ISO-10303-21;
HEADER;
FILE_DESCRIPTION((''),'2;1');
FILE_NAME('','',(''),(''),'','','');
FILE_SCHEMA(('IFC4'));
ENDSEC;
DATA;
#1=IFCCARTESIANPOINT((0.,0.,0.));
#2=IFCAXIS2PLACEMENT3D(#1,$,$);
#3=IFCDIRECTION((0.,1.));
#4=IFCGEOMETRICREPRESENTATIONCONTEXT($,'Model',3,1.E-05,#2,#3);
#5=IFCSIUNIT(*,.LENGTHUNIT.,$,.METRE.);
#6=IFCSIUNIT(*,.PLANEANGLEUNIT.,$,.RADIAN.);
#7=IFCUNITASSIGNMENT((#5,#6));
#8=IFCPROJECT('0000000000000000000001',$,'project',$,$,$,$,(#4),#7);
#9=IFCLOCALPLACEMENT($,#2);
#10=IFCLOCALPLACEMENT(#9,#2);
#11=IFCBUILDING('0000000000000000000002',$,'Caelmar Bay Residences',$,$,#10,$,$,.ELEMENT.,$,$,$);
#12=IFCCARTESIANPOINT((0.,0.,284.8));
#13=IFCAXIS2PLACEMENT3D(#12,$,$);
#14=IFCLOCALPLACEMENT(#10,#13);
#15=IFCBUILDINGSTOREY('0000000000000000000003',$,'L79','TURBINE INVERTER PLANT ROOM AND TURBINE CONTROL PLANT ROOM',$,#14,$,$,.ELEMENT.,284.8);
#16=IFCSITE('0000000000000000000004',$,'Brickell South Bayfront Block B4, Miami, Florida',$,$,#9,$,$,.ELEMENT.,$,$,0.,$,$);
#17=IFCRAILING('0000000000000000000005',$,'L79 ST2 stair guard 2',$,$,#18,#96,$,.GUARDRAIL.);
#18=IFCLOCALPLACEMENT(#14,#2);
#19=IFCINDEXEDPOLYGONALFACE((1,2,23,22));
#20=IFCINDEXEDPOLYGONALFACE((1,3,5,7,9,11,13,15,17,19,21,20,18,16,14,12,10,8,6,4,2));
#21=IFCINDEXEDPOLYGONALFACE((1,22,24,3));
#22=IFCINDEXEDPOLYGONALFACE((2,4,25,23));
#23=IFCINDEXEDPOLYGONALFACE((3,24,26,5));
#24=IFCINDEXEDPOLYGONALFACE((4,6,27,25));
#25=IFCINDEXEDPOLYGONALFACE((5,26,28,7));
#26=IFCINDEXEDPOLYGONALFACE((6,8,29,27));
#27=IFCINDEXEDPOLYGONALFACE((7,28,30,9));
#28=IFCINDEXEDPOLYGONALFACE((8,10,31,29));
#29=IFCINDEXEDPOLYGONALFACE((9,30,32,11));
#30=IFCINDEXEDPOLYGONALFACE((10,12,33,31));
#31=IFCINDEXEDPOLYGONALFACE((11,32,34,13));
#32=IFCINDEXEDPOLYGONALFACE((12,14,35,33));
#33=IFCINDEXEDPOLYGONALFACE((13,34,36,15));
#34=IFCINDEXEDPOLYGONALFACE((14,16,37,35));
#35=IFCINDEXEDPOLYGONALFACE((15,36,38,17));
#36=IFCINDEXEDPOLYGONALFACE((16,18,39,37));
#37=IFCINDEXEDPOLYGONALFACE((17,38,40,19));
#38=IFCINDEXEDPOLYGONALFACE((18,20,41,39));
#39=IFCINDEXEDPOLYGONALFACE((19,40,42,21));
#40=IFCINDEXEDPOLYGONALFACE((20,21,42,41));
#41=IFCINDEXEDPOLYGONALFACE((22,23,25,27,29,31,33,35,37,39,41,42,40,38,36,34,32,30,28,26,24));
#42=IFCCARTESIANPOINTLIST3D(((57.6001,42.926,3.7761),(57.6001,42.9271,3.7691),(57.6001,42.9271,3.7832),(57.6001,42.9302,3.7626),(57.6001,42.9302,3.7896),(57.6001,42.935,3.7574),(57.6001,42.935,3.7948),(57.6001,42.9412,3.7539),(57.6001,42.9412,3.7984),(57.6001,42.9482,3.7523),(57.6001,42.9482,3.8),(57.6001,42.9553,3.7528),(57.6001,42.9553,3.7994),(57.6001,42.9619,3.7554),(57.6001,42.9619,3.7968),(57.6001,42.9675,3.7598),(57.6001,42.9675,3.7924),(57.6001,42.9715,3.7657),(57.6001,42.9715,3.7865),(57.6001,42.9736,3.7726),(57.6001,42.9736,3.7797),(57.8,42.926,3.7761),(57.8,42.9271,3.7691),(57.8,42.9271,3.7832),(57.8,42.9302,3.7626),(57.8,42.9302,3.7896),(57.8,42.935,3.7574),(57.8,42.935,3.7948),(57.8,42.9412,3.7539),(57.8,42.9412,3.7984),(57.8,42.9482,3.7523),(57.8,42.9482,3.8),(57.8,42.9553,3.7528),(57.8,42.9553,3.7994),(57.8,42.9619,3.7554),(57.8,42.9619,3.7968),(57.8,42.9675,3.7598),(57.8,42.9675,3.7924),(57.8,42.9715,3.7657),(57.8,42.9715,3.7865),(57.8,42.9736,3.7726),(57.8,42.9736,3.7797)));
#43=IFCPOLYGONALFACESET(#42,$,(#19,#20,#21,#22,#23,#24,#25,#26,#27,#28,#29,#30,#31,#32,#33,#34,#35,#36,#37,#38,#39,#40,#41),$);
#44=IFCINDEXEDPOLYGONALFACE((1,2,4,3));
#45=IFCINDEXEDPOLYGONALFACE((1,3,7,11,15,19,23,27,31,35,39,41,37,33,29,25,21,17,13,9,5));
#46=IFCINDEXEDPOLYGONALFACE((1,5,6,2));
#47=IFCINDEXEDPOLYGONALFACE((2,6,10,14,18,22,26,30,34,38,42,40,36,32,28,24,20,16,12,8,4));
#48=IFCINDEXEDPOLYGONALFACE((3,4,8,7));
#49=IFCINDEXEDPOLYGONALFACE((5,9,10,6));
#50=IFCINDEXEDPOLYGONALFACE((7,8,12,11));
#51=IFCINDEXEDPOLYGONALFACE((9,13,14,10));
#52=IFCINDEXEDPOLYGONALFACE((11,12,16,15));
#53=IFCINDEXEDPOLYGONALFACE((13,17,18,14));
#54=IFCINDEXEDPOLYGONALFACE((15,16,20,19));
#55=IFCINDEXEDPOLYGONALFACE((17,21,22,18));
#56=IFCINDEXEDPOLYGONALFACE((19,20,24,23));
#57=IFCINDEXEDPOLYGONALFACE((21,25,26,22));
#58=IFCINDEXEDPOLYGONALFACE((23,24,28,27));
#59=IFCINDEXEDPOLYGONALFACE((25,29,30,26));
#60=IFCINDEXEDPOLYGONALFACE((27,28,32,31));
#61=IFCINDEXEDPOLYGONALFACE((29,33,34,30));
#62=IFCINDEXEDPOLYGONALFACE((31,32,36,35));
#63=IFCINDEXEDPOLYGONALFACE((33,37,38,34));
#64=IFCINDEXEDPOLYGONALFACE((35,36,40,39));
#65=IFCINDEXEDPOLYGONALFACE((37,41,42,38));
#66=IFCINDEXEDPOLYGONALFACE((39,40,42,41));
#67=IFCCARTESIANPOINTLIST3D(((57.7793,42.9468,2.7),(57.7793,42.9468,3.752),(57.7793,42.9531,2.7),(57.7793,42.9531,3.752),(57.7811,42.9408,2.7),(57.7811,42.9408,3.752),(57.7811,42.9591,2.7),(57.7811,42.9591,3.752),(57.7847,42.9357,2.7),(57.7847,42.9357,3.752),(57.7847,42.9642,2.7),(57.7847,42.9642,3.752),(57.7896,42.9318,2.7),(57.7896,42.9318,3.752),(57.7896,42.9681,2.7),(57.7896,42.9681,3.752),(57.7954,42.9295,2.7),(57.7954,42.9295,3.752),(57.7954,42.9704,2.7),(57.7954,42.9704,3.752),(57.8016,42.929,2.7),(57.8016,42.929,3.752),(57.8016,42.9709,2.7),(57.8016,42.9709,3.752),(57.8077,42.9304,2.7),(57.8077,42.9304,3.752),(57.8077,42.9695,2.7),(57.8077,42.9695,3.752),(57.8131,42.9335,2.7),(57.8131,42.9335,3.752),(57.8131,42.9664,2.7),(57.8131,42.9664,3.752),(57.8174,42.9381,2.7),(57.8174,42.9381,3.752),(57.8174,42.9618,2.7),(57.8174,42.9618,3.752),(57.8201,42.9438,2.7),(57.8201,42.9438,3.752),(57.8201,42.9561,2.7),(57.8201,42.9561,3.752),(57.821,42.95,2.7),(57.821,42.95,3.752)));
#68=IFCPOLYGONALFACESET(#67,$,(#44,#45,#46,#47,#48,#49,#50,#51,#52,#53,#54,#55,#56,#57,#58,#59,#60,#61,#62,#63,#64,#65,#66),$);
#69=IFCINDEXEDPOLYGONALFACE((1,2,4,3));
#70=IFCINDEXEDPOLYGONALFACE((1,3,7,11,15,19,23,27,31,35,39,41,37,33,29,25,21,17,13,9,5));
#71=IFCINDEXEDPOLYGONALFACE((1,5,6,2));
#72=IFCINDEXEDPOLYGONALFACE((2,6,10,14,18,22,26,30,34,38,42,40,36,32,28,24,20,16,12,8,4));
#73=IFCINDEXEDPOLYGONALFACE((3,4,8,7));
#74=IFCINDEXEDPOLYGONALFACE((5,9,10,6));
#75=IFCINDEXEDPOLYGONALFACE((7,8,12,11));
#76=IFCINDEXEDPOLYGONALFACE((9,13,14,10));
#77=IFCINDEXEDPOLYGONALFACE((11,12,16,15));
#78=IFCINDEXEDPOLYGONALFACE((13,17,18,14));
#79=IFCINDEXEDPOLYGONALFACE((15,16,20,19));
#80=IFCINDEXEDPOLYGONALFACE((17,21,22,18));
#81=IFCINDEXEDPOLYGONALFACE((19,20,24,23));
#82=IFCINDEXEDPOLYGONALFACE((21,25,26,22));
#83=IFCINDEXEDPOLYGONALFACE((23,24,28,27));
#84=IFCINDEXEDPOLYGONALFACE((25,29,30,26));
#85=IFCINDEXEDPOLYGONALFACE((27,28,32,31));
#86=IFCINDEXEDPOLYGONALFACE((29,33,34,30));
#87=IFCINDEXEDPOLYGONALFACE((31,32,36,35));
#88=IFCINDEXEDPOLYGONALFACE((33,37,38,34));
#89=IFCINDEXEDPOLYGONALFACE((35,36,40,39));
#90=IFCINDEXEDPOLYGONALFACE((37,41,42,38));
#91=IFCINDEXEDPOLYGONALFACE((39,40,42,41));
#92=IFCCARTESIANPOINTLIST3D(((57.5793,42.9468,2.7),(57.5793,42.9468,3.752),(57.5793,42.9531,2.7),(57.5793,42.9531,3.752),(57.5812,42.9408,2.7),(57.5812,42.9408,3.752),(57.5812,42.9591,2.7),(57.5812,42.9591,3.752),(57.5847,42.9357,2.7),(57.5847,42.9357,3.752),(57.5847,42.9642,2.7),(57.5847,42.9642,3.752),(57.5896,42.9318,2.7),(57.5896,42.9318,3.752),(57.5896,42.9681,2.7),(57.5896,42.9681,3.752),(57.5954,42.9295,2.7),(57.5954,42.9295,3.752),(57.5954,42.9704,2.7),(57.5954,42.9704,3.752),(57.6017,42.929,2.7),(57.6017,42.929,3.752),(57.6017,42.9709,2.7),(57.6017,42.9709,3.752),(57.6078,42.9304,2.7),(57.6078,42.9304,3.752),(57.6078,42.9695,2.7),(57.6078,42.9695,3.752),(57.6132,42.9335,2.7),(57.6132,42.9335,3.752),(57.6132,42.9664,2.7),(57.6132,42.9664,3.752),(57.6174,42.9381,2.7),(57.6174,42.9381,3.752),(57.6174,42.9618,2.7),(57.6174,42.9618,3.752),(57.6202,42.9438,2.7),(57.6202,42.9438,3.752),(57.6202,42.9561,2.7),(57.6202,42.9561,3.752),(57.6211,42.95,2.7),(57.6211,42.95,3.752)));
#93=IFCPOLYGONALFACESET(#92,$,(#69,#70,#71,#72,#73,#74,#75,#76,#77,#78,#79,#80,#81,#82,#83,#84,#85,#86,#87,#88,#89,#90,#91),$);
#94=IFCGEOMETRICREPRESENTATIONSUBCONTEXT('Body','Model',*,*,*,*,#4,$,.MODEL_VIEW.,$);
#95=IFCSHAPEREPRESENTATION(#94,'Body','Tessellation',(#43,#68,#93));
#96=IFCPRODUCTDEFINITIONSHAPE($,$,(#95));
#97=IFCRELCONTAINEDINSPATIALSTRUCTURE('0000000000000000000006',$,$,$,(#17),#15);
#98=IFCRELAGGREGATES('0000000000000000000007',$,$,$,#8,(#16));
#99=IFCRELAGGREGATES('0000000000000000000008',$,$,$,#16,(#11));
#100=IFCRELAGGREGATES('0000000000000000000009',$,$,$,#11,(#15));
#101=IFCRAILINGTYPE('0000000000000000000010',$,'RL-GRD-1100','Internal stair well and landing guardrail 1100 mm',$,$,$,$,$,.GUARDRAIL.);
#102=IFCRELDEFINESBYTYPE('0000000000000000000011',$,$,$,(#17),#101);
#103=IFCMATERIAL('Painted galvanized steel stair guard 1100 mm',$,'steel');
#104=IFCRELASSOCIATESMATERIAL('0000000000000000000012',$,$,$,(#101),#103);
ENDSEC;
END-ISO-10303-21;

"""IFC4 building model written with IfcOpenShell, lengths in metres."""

from ifc_helpers import new_model, si_unit, direction, frame, origin, origin_2d, place, context, subcontext, project, spatial, circle, extrude, material, type_object, element, save


model = new_model("IFC4")

# Units and contexts
model_context = context("Model", 3, precision=1e-05, world=origin(), true_north=direction((0.0, 1.0)))
body_context = subcontext(model_context, "Body", "Model", "MODEL_VIEW")
ifc_project = project(units=[si_unit("LENGTHUNIT", "METRE"), si_unit("PLANEANGLEUNIT", "RADIAN")], contexts=[model_context])

# Site, building, storey
site_placement = place(None, origin())
site = spatial("IfcSite", under=ifc_project, at=site_placement, Name="Brickell South Bayfront Block B4, Miami, Florida", CompositionType="ELEMENT", RefElevation=0.0)
building_placement = place(site_placement, origin())
building = spatial("IfcBuilding", under=site, at=building_placement, Name="Caelmar Bay Residences", CompositionType="ELEMENT")
storey_placement = place(building_placement, frame((0.0, 0.0, 284.8)))
storey = spatial("IfcBuildingStorey", under=building, at=storey_placement, Name="L79", Description="TURBINE INVERTER PLANT ROOM AND TURBINE CONTROL PLANT ROOM", CompositionType="ELEMENT", Elevation=284.8)

# Railing
ifc_material_1 = material(Name="Painted galvanized steel stair guard 1100 mm", Category="steel")
railing_type_1 = type_object("IfcRailingType", Name="RL-GRD-1100", Description="Internal stair well and landing guardrail 1100 mm", PredefinedType="GUARDRAIL", material=ifc_material_1)
railing_1_placement = place(storey_placement, frame((57.8, 42.95, 2.7)))
element("IfcRailing", 1, at=railing_1_placement, inside=storey, type_object=railing_type_1, Name="L79 ST2 stair guard 2", PredefinedType="GUARDRAIL", context=body_context, shape_type="SweptSolid", body=[
    extrude(circle(Radius=0.0239, at=origin_2d()), frame((0.0, 0.0, 1.0762), z_axis=(-1.0, 0.0, 0.0), x_axis=(0.0, -1.0, 0.0)), (0.0, 0.0, 1.0), 0.2),
    extrude(circle(Radius=0.021, at=origin_2d()), origin(), (0.0, 0.0, 1.0), 1.052),
    extrude(circle(Radius=0.021, at=origin_2d()), frame((-0.2, 0.0, 0.0)), (0.0, 0.0, 1.0), 1.052),
])

save(model, "model.ifc")
